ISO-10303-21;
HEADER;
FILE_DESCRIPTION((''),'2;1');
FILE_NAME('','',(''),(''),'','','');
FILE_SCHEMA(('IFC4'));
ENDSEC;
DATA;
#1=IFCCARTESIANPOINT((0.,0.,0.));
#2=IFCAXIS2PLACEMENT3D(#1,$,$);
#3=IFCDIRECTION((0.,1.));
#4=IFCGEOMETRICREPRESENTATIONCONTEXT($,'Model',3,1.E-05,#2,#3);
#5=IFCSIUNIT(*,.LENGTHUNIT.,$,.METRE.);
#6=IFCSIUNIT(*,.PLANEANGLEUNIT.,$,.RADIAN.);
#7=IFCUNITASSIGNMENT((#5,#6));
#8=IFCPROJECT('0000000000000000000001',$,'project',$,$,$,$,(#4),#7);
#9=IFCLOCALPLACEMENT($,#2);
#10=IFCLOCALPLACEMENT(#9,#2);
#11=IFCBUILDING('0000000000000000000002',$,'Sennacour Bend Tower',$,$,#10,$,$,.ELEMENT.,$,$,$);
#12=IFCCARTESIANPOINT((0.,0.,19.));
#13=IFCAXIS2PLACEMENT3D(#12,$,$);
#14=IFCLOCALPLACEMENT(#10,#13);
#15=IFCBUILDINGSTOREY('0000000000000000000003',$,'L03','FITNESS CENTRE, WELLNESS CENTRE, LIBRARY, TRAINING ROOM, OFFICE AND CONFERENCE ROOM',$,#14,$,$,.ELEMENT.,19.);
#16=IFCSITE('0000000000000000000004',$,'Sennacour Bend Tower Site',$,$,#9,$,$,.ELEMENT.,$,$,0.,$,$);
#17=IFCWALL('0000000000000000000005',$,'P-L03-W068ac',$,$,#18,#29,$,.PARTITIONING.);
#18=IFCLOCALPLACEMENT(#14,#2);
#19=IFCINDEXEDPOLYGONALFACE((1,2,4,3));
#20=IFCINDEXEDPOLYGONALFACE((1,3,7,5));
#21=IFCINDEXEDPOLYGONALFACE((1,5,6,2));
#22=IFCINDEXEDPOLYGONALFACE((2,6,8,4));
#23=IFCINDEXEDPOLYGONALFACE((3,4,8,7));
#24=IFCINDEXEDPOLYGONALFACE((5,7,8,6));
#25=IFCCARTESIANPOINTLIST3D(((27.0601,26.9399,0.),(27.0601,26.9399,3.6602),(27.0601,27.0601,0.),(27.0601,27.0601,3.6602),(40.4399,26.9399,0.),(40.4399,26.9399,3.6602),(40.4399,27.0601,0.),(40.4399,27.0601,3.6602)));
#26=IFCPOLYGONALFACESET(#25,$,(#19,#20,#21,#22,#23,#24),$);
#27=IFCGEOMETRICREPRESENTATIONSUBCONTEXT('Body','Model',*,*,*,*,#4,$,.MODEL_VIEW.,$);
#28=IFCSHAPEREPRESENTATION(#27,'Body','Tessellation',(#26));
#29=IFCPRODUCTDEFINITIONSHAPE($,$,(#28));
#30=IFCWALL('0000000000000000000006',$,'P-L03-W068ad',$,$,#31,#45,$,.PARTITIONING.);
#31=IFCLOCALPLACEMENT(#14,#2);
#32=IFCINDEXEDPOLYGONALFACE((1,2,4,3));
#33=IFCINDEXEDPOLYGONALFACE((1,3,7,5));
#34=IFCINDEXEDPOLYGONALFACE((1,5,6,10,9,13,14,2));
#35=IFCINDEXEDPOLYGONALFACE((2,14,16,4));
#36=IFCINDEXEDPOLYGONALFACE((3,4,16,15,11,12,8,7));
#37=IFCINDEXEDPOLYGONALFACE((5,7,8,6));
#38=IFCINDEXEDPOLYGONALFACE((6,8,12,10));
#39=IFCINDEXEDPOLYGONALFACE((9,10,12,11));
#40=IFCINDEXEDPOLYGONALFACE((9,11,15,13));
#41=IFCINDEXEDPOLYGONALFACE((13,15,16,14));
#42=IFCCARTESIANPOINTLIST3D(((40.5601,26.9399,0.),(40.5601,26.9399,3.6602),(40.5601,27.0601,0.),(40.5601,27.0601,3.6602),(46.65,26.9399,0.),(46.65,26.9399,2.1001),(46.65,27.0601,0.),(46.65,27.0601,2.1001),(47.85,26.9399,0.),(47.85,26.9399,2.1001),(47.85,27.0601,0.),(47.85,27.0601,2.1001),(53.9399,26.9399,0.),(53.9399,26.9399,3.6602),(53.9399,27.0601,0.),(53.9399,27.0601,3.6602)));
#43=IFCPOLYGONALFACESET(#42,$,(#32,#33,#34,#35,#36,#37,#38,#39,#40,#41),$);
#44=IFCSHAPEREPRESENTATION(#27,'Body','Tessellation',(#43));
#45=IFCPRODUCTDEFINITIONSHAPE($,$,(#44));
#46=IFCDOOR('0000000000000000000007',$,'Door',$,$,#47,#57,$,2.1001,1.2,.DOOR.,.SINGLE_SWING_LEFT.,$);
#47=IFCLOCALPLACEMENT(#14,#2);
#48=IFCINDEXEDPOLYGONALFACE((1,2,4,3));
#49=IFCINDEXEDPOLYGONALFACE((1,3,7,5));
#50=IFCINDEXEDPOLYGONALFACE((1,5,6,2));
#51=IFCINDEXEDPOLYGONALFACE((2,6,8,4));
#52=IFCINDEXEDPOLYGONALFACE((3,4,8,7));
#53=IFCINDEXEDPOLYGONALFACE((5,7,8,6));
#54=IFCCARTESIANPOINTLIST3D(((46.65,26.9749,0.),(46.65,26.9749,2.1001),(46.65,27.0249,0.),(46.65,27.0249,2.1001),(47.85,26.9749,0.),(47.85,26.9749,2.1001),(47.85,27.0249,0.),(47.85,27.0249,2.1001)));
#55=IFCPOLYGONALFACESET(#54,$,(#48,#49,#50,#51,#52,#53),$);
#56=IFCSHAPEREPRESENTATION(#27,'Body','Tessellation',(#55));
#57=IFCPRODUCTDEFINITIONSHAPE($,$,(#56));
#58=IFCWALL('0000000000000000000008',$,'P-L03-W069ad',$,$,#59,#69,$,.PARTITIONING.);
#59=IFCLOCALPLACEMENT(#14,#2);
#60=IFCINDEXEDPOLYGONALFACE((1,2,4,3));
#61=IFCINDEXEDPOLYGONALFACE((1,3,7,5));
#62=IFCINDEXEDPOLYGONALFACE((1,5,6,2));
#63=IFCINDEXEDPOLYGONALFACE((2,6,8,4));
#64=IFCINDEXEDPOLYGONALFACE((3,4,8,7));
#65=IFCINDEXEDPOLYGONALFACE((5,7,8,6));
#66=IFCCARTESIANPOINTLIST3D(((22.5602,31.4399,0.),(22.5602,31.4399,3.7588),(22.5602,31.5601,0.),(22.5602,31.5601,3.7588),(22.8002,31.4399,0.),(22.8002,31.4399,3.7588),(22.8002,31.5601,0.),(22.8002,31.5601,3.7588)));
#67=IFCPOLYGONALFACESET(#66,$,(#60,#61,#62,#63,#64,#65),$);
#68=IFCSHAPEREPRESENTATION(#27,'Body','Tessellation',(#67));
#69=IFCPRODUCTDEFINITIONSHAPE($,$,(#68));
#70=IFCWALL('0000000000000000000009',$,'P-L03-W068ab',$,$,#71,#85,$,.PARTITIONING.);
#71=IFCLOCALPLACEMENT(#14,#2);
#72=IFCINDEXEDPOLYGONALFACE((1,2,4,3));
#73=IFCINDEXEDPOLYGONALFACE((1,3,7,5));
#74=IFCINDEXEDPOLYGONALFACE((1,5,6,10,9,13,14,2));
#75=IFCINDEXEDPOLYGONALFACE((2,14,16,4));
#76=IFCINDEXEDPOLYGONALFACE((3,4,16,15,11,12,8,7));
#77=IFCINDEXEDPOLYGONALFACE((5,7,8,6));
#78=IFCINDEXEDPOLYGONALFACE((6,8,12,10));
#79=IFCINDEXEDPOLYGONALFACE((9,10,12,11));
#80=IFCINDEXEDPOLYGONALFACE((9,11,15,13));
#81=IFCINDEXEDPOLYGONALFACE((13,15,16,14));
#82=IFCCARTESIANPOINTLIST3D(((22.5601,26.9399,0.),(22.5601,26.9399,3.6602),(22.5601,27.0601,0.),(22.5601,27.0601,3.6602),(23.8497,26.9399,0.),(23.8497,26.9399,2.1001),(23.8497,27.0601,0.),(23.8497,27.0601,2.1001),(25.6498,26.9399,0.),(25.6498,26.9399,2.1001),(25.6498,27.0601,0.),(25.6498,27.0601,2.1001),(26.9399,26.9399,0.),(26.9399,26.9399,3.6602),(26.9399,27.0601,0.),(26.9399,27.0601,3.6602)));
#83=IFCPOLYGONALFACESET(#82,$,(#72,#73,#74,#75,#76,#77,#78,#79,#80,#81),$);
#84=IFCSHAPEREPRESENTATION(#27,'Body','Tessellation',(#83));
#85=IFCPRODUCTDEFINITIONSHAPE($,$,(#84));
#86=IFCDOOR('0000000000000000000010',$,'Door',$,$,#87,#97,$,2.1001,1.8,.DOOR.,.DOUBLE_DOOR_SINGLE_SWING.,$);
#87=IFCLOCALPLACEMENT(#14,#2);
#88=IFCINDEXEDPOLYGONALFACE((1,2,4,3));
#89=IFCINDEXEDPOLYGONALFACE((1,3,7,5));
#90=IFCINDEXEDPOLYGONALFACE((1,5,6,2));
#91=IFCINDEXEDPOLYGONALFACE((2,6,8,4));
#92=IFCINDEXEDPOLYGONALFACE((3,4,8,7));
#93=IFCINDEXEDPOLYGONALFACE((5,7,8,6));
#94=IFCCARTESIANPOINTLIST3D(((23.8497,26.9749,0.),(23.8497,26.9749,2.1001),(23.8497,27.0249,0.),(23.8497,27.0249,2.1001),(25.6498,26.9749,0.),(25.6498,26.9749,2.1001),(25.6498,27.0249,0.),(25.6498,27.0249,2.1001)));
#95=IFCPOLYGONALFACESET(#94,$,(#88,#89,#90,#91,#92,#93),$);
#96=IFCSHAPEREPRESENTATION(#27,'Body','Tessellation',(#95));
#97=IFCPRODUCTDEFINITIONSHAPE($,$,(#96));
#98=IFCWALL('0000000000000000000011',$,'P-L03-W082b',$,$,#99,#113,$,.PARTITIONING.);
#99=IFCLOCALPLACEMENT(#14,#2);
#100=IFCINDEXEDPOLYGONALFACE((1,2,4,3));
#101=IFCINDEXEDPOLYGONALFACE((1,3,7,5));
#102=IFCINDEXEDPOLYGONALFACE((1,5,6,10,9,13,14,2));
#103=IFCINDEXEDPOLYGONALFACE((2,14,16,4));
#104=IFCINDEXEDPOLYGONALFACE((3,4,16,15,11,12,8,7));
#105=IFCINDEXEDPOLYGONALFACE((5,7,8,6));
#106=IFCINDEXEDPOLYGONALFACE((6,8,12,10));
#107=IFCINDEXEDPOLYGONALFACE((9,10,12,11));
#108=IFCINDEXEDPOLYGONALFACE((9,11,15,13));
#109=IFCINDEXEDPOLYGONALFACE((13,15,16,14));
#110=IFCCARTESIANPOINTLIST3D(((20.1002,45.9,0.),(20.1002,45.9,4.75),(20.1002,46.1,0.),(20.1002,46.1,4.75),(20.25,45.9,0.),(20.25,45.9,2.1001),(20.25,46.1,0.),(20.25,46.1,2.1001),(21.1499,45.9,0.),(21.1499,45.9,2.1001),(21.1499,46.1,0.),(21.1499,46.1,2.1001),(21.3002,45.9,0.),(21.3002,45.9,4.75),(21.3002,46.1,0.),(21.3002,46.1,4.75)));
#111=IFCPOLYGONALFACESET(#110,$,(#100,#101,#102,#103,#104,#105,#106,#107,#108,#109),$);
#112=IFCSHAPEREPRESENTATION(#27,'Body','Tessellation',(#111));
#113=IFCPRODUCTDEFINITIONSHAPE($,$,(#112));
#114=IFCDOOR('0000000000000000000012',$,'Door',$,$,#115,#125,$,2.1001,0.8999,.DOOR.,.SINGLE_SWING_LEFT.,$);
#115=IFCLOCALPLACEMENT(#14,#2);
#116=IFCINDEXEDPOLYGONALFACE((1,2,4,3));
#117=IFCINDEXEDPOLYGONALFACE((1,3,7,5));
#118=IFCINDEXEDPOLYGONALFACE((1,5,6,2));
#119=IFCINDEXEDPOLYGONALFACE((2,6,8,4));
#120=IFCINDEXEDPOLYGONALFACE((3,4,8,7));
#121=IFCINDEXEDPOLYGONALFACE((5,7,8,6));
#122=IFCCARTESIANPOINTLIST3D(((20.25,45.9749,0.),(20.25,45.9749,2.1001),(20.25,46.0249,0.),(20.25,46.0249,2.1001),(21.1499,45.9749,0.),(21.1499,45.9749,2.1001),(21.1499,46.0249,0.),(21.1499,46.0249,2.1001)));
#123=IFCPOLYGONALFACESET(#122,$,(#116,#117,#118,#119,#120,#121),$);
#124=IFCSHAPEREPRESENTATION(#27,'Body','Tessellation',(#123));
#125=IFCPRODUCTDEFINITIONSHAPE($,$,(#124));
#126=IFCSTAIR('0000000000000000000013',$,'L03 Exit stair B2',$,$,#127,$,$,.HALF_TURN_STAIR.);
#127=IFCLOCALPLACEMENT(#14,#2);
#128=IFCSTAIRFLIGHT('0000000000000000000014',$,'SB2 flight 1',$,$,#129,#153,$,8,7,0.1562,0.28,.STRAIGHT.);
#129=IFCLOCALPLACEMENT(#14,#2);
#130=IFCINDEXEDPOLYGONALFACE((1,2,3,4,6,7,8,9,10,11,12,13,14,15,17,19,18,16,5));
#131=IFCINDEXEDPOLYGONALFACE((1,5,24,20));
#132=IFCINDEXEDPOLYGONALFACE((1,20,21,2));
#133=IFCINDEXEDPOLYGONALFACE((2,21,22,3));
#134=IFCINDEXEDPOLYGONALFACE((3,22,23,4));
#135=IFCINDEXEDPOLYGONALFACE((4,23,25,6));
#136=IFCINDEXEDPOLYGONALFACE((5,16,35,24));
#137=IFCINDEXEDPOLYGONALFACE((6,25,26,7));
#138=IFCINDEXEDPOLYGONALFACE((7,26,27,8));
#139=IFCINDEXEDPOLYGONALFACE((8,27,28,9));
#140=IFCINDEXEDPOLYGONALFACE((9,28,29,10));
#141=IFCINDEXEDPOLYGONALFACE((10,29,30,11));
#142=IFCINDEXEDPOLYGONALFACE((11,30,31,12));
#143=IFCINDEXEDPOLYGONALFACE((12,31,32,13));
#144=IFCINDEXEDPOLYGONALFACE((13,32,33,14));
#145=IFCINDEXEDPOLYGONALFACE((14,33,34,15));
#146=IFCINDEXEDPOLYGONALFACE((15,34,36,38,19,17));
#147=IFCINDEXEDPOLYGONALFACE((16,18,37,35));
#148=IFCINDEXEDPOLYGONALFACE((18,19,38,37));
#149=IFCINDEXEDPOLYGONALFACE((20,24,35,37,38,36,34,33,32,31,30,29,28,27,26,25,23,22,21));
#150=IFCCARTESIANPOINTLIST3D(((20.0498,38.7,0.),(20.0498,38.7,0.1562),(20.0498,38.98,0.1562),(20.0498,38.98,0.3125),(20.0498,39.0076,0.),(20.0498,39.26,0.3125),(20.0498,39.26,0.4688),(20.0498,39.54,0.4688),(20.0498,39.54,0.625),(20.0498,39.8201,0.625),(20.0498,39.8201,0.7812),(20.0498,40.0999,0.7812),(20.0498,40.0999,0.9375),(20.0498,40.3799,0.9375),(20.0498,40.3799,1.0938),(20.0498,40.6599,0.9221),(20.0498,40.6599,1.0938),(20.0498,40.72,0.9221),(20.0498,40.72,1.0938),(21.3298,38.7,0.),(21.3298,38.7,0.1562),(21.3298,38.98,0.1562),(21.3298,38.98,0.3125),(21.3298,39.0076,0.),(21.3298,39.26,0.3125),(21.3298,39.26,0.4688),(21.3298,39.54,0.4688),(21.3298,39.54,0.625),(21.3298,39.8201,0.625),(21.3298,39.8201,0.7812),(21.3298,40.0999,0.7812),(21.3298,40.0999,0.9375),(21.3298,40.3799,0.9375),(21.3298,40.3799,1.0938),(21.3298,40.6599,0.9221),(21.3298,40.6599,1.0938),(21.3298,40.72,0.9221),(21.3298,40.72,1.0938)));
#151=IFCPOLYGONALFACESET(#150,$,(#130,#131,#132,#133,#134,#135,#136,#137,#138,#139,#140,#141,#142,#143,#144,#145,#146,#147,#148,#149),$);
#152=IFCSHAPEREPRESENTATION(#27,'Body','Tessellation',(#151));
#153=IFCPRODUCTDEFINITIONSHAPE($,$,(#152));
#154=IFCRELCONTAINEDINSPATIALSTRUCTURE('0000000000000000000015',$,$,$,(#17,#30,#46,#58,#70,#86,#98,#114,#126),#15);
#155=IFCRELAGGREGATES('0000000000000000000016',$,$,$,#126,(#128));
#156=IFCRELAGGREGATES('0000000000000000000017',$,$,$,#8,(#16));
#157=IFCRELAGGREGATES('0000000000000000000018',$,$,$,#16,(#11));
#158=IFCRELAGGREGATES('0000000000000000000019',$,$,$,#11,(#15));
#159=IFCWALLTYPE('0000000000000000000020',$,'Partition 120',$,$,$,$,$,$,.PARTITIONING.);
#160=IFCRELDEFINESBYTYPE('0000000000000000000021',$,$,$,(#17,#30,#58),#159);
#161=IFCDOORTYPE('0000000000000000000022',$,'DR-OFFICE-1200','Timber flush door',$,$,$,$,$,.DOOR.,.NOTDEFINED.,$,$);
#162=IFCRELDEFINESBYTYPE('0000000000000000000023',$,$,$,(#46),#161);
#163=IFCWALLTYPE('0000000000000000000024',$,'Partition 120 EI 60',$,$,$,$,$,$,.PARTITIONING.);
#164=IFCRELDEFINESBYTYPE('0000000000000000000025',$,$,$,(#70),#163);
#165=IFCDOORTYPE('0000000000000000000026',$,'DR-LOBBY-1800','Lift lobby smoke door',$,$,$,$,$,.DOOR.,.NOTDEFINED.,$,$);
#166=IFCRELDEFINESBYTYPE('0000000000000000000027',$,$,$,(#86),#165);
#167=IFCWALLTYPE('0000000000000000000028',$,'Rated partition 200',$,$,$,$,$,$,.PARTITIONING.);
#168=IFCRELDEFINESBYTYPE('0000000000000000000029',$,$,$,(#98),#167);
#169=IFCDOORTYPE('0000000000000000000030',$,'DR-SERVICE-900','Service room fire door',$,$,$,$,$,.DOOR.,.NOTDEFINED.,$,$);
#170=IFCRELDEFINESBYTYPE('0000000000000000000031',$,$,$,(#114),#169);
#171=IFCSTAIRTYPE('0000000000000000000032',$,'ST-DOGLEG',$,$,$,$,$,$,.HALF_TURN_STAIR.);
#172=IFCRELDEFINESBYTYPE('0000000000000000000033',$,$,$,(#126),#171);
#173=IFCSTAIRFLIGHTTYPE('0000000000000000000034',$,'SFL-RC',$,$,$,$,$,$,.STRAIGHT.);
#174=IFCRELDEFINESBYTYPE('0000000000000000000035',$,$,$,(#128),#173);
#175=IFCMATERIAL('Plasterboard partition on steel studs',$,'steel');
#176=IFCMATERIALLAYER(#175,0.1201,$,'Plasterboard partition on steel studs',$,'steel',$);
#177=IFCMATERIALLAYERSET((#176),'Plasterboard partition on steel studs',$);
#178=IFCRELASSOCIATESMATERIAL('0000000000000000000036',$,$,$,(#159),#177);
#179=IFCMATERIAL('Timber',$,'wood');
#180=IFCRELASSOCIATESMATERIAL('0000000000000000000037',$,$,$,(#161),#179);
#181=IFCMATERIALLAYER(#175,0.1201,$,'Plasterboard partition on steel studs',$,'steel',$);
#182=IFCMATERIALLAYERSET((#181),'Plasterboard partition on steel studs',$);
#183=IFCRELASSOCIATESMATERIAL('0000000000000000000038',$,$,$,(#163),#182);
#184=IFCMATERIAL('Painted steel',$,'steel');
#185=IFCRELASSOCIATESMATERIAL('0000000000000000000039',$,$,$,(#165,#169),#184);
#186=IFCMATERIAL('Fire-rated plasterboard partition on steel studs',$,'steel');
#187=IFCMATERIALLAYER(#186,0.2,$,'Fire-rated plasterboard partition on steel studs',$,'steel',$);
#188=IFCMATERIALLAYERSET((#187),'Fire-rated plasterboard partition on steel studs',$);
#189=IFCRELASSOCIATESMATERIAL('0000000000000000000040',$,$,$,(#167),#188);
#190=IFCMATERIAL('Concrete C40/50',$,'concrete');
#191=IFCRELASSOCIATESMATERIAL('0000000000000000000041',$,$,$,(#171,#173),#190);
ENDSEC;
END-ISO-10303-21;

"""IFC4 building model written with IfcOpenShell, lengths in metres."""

from ifc_helpers import new_model, si_unit, direction, frame, frame_2d, origin, place, context, subcontext, project, spatial, polyline, rectangle, outline, extrude, material, layer, layer_set, type_object, element, fill, aggregate, save


model = new_model("IFC4")

# Units and contexts
model_context = context("Model", 3, precision=1e-05, world=origin(), true_north=direction((0.0, 1.0)))
body_context = subcontext(model_context, "Body", "Model", "MODEL_VIEW")
ifc_project = project(units=[si_unit("LENGTHUNIT", "METRE"), si_unit("PLANEANGLEUNIT", "RADIAN")], contexts=[model_context])

# Site, building, storey
site_placement = place(None, origin())
site = spatial("IfcSite", under=ifc_project, at=site_placement, Name="Sennacour Bend Tower Site", CompositionType="ELEMENT", RefElevation=0.0)
building_placement = place(site_placement, origin())
building = spatial("IfcBuilding", under=site, at=building_placement, Name="Sennacour Bend Tower", CompositionType="ELEMENT")
storey_placement = place(building_placement, frame((0.0, 0.0, 19.0)))
storey = spatial("IfcBuildingStorey", under=building, at=storey_placement, Name="L03", Description="FITNESS CENTRE, WELLNESS CENTRE, LIBRARY, TRAINING ROOM, OFFICE AND CONFERENCE ROOM", CompositionType="ELEMENT", Elevation=19.0)

# Wall
ifc_material_1 = material(Name="Plasterboard partition on steel studs", Category="steel")
ifc_layer_1 = layer(ifc_material_1, 0.1201, Name="Plasterboard partition on steel studs", Category="steel")
ifc_layer_set_1 = layer_set([ifc_layer_1], Name="Plasterboard partition on steel studs")
wall_type_1 = type_object("IfcWallType", Name="Partition 120", PredefinedType="PARTITIONING", material=ifc_layer_set_1)
wall_1_placement = place(storey_placement, frame((27.0601, 27.0, 0.0), z_axis=(0.0, 0.0, 1.0), x_axis=(1.0, 0.0, 0.0)))
element("IfcWall", 1, at=wall_1_placement, inside=storey, type_object=wall_type_1, Name="P-L03-W068ac", PredefinedType="PARTITIONING", context=body_context, shape_type="SweptSolid", body=[
    extrude(rectangle(XDim=13.3799, YDim=0.1201, at=frame_2d((6.6899, 0.0))), origin(), (0.0, 0.0, 1.0), 3.6602),
])

# Wall, opening, door
wall_2_placement = place(storey_placement, frame((40.5601, 27.0, 0.0), z_axis=(0.0, 0.0, 1.0), x_axis=(1.0, 0.0, 0.0)))
wall_2 = element("IfcWall", 2, at=wall_2_placement, inside=storey, type_object=wall_type_1, Name="P-L03-W068ad", PredefinedType="PARTITIONING", context=body_context, shape_type="SweptSolid", body=[
    extrude(rectangle(XDim=13.3799, YDim=0.1201, at=frame_2d((6.6899, 0.0))), origin(), (0.0, 0.0, 1.0), 3.6602),
])
opening_1_placement = place(wall_2_placement, frame((6.0898, 0.0, 0.0)))
opening_1 = element("IfcOpeningElement", 3, at=opening_1_placement, cuts=wall_2, PredefinedType="OPENING", context=body_context, shape_type="SweptSolid", body=[
    extrude(rectangle(XDim=1.2, YDim=2.1001, at=frame_2d((0.6001, 1.05))), frame((0.0, 0.0701, 0.0), z_axis=(0.0, -1.0, 0.0), x_axis=(1.0, 0.0, 0.0)), (0.0, 0.0, 1.0), 0.1401),
])
ifc_material_2 = material(Name="Timber", Category="wood")
door_type_1 = type_object("IfcDoorType", Name="DR-OFFICE-1200", Description="Timber flush door", OperationType="NOTDEFINED", PredefinedType="DOOR", material=ifc_material_2)
door_1_placement = place(opening_1_placement, origin())
door_1 = element("IfcDoor", 4, at=door_1_placement, inside=storey, type_object=door_type_1, Name="Door", OperationType="SINGLE_SWING_LEFT", OverallHeight=2.1001, OverallWidth=1.2, PredefinedType="DOOR", context=body_context, shape_type="SweptSolid", body=[
    extrude(rectangle(XDim=1.2, YDim=2.1001, at=frame_2d((0.6001, 1.05))), frame((0.0, 0.0249, 0.0), z_axis=(0.0, -1.0, 0.0), x_axis=(1.0, 0.0, 0.0)), (0.0, 0.0, 1.0), 0.05),
])
fill(opening_1, door_1)

# Wall
wall_3_placement = place(storey_placement, frame((22.5601, 31.5, 0.0), z_axis=(0.0, 0.0, 1.0), x_axis=(1.0, 0.0, 0.0)))
element("IfcWall", 5, at=wall_3_placement, inside=storey, type_object=wall_type_1, Name="P-L03-W069ad", PredefinedType="PARTITIONING", context=body_context, shape_type="SweptSolid", body=[
    extrude(rectangle(XDim=0.24, YDim=0.1201, at=frame_2d((0.1201, 0.0))), origin(), (0.0, 0.0, 1.0), 3.7588),
])

# Walls, openings, doors
ifc_layer_2 = layer(ifc_material_1, 0.1201, Name="Plasterboard partition on steel studs", Category="steel")
ifc_layer_set_2 = layer_set([ifc_layer_2], Name="Plasterboard partition on steel studs")
wall_type_2 = type_object("IfcWallType", Name="Partition 120 EI 60", PredefinedType="PARTITIONING", material=ifc_layer_set_2)
wall_4_placement = place(storey_placement, frame((22.5601, 27.0, 0.0), z_axis=(0.0, 0.0, 1.0), x_axis=(1.0, 0.0, 0.0)))
wall_4 = element("IfcWall", 6, at=wall_4_placement, inside=storey, type_object=wall_type_2, Name="P-L03-W068ab", PredefinedType="PARTITIONING", context=body_context, shape_type="SweptSolid", body=[
    extrude(rectangle(XDim=4.3799, YDim=0.1201, at=frame_2d((2.1899, 0.0))), origin(), (0.0, 0.0, 1.0), 3.6602),
])
opening_2_placement = place(wall_4_placement, frame((1.2898, 0.0, 0.0)))
opening_2 = element("IfcOpeningElement", 7, at=opening_2_placement, cuts=wall_4, PredefinedType="OPENING", context=body_context, shape_type="SweptSolid", body=[
    extrude(rectangle(XDim=1.8, YDim=2.1001, at=frame_2d((0.8999, 1.05))), frame((0.0, 0.0701, 0.0), z_axis=(0.0, -1.0, 0.0), x_axis=(1.0, 0.0, 0.0)), (0.0, 0.0, 1.0), 0.1401),
])
ifc_material_3 = material(Name="Painted steel", Category="steel")
door_type_2 = type_object("IfcDoorType", Name="DR-LOBBY-1800", Description="Lift lobby smoke door", OperationType="NOTDEFINED", PredefinedType="DOOR", material=ifc_material_3)
door_2_placement = place(opening_2_placement, origin())
door_2 = element("IfcDoor", 8, at=door_2_placement, inside=storey, type_object=door_type_2, Name="Door", OperationType="DOUBLE_DOOR_SINGLE_SWING", OverallHeight=2.1001, OverallWidth=1.8, PredefinedType="DOOR", context=body_context, shape_type="SweptSolid", body=[
    extrude(rectangle(XDim=1.8, YDim=2.1001, at=frame_2d((0.8999, 1.05))), frame((0.0, 0.0249, 0.0), z_axis=(0.0, -1.0, 0.0), x_axis=(1.0, 0.0, 0.0)), (0.0, 0.0, 1.0), 0.05),
])
fill(opening_2, door_2)
ifc_material_4 = material(Name="Fire-rated plasterboard partition on steel studs", Category="steel")
ifc_layer_3 = layer(ifc_material_4, 0.2, Name="Fire-rated plasterboard partition on steel studs", Category="steel")
ifc_layer_set_3 = layer_set([ifc_layer_3], Name="Fire-rated plasterboard partition on steel studs")
wall_type_3 = type_object("IfcWallType", Name="Rated partition 200", PredefinedType="PARTITIONING", material=ifc_layer_set_3)
wall_5_placement = place(storey_placement, frame((20.1001, 46.0, 0.0), z_axis=(0.0, 0.0, 1.0), x_axis=(1.0, 0.0, 0.0)))
wall_5 = element("IfcWall", 9, at=wall_5_placement, inside=storey, type_object=wall_type_3, Name="P-L03-W082b", PredefinedType="PARTITIONING", context=body_context, shape_type="SweptSolid", body=[
    extrude(rectangle(XDim=1.2, YDim=0.2, at=frame_2d((0.6001, 0.0))), origin(), (0.0, 0.0, 1.0), 4.75),
])
opening_3_placement = place(wall_5_placement, frame((0.1499, 0.0, 0.0)))
opening_3 = element("IfcOpeningElement", 10, at=opening_3_placement, cuts=wall_5, PredefinedType="OPENING", context=body_context, shape_type="SweptSolid", body=[
    extrude(rectangle(XDim=0.8999, YDim=2.1001, at=frame_2d((0.45, 1.05))), frame((0.0, 0.1099, 0.0), z_axis=(0.0, -1.0, 0.0), x_axis=(1.0, 0.0, 0.0)), (0.0, 0.0, 1.0), 0.22),
])
door_type_3 = type_object("IfcDoorType", Name="DR-SERVICE-900", Description="Service room fire door", OperationType="NOTDEFINED", PredefinedType="DOOR", material=ifc_material_3)
door_3_placement = place(opening_3_placement, origin())
door_3 = element("IfcDoor", 11, at=door_3_placement, inside=storey, type_object=door_type_3, Name="Door", OperationType="SINGLE_SWING_LEFT", OverallHeight=2.1001, OverallWidth=0.8999, PredefinedType="DOOR", context=body_context, shape_type="SweptSolid", body=[
    extrude(rectangle(XDim=0.8999, YDim=2.1001, at=frame_2d((0.45, 1.05))), frame((0.0, 0.0249, 0.0), z_axis=(0.0, -1.0, 0.0), x_axis=(1.0, 0.0, 0.0)), (0.0, 0.0, 1.0), 0.05),
])
fill(opening_3, door_3)

# Stair, stair flight
ifc_material_5 = material(Name="Concrete C40/50", Category="concrete")
stair_type = type_object("IfcStairType", Name="ST-DOGLEG", PredefinedType="HALF_TURN_STAIR", material=ifc_material_5)
stair_placement = place(storey_placement, origin())
stair = element("IfcStair", 12, at=stair_placement, inside=storey, type_object=stair_type, Name="L03 Exit stair B2", PredefinedType="HALF_TURN_STAIR")
stair_flight_type = type_object("IfcStairFlightType", Name="SFL-RC", PredefinedType="STRAIGHT", material=ifc_material_5)
stair_flight_1_placement = place(storey_placement, frame((20.6899, 38.7, 0.0), z_axis=(0.0, 0.0, 1.0), x_axis=(0.0, 1.0, 0.0)))
stair_flight_1 = element("IfcStairFlight", 13, at=stair_flight_1_placement, type_object=stair_flight_type, Name="SB2 flight 1", NumberOfRisers=8, NumberOfTreads=7, PredefinedType="STRAIGHT", RiserHeight=0.1562, TreadLength=0.28, context=body_context, shape_type="SweptSolid", body=[
    extrude(outline(polyline([(0.0, 0.0), (0.0, 0.1562), (0.28, 0.1562), (0.28, 0.3125), (0.5601, 0.3125), (0.5601, 0.4688), (0.8401, 0.4688), (0.8401, 0.625), (1.1201, 0.625), (1.1201, 0.7812), (1.3999, 0.7812), (1.3999, 0.9375), (1.6799, 0.9375), (1.6799, 1.0938), (1.96, 1.0938), (2.02, 1.0938), (2.02, 0.9221), (1.96, 0.9221), (0.3076, 0.0), (0.0, 0.0)])), frame((0.0, 0.6401, 0.0), z_axis=(0.0, -1.0, 0.0), x_axis=(1.0, 0.0, 0.0)), (0.0, 0.0, 1.0), 1.28),
])
aggregate(stair, [stair_flight_1])

save(model, "model.ifc")
